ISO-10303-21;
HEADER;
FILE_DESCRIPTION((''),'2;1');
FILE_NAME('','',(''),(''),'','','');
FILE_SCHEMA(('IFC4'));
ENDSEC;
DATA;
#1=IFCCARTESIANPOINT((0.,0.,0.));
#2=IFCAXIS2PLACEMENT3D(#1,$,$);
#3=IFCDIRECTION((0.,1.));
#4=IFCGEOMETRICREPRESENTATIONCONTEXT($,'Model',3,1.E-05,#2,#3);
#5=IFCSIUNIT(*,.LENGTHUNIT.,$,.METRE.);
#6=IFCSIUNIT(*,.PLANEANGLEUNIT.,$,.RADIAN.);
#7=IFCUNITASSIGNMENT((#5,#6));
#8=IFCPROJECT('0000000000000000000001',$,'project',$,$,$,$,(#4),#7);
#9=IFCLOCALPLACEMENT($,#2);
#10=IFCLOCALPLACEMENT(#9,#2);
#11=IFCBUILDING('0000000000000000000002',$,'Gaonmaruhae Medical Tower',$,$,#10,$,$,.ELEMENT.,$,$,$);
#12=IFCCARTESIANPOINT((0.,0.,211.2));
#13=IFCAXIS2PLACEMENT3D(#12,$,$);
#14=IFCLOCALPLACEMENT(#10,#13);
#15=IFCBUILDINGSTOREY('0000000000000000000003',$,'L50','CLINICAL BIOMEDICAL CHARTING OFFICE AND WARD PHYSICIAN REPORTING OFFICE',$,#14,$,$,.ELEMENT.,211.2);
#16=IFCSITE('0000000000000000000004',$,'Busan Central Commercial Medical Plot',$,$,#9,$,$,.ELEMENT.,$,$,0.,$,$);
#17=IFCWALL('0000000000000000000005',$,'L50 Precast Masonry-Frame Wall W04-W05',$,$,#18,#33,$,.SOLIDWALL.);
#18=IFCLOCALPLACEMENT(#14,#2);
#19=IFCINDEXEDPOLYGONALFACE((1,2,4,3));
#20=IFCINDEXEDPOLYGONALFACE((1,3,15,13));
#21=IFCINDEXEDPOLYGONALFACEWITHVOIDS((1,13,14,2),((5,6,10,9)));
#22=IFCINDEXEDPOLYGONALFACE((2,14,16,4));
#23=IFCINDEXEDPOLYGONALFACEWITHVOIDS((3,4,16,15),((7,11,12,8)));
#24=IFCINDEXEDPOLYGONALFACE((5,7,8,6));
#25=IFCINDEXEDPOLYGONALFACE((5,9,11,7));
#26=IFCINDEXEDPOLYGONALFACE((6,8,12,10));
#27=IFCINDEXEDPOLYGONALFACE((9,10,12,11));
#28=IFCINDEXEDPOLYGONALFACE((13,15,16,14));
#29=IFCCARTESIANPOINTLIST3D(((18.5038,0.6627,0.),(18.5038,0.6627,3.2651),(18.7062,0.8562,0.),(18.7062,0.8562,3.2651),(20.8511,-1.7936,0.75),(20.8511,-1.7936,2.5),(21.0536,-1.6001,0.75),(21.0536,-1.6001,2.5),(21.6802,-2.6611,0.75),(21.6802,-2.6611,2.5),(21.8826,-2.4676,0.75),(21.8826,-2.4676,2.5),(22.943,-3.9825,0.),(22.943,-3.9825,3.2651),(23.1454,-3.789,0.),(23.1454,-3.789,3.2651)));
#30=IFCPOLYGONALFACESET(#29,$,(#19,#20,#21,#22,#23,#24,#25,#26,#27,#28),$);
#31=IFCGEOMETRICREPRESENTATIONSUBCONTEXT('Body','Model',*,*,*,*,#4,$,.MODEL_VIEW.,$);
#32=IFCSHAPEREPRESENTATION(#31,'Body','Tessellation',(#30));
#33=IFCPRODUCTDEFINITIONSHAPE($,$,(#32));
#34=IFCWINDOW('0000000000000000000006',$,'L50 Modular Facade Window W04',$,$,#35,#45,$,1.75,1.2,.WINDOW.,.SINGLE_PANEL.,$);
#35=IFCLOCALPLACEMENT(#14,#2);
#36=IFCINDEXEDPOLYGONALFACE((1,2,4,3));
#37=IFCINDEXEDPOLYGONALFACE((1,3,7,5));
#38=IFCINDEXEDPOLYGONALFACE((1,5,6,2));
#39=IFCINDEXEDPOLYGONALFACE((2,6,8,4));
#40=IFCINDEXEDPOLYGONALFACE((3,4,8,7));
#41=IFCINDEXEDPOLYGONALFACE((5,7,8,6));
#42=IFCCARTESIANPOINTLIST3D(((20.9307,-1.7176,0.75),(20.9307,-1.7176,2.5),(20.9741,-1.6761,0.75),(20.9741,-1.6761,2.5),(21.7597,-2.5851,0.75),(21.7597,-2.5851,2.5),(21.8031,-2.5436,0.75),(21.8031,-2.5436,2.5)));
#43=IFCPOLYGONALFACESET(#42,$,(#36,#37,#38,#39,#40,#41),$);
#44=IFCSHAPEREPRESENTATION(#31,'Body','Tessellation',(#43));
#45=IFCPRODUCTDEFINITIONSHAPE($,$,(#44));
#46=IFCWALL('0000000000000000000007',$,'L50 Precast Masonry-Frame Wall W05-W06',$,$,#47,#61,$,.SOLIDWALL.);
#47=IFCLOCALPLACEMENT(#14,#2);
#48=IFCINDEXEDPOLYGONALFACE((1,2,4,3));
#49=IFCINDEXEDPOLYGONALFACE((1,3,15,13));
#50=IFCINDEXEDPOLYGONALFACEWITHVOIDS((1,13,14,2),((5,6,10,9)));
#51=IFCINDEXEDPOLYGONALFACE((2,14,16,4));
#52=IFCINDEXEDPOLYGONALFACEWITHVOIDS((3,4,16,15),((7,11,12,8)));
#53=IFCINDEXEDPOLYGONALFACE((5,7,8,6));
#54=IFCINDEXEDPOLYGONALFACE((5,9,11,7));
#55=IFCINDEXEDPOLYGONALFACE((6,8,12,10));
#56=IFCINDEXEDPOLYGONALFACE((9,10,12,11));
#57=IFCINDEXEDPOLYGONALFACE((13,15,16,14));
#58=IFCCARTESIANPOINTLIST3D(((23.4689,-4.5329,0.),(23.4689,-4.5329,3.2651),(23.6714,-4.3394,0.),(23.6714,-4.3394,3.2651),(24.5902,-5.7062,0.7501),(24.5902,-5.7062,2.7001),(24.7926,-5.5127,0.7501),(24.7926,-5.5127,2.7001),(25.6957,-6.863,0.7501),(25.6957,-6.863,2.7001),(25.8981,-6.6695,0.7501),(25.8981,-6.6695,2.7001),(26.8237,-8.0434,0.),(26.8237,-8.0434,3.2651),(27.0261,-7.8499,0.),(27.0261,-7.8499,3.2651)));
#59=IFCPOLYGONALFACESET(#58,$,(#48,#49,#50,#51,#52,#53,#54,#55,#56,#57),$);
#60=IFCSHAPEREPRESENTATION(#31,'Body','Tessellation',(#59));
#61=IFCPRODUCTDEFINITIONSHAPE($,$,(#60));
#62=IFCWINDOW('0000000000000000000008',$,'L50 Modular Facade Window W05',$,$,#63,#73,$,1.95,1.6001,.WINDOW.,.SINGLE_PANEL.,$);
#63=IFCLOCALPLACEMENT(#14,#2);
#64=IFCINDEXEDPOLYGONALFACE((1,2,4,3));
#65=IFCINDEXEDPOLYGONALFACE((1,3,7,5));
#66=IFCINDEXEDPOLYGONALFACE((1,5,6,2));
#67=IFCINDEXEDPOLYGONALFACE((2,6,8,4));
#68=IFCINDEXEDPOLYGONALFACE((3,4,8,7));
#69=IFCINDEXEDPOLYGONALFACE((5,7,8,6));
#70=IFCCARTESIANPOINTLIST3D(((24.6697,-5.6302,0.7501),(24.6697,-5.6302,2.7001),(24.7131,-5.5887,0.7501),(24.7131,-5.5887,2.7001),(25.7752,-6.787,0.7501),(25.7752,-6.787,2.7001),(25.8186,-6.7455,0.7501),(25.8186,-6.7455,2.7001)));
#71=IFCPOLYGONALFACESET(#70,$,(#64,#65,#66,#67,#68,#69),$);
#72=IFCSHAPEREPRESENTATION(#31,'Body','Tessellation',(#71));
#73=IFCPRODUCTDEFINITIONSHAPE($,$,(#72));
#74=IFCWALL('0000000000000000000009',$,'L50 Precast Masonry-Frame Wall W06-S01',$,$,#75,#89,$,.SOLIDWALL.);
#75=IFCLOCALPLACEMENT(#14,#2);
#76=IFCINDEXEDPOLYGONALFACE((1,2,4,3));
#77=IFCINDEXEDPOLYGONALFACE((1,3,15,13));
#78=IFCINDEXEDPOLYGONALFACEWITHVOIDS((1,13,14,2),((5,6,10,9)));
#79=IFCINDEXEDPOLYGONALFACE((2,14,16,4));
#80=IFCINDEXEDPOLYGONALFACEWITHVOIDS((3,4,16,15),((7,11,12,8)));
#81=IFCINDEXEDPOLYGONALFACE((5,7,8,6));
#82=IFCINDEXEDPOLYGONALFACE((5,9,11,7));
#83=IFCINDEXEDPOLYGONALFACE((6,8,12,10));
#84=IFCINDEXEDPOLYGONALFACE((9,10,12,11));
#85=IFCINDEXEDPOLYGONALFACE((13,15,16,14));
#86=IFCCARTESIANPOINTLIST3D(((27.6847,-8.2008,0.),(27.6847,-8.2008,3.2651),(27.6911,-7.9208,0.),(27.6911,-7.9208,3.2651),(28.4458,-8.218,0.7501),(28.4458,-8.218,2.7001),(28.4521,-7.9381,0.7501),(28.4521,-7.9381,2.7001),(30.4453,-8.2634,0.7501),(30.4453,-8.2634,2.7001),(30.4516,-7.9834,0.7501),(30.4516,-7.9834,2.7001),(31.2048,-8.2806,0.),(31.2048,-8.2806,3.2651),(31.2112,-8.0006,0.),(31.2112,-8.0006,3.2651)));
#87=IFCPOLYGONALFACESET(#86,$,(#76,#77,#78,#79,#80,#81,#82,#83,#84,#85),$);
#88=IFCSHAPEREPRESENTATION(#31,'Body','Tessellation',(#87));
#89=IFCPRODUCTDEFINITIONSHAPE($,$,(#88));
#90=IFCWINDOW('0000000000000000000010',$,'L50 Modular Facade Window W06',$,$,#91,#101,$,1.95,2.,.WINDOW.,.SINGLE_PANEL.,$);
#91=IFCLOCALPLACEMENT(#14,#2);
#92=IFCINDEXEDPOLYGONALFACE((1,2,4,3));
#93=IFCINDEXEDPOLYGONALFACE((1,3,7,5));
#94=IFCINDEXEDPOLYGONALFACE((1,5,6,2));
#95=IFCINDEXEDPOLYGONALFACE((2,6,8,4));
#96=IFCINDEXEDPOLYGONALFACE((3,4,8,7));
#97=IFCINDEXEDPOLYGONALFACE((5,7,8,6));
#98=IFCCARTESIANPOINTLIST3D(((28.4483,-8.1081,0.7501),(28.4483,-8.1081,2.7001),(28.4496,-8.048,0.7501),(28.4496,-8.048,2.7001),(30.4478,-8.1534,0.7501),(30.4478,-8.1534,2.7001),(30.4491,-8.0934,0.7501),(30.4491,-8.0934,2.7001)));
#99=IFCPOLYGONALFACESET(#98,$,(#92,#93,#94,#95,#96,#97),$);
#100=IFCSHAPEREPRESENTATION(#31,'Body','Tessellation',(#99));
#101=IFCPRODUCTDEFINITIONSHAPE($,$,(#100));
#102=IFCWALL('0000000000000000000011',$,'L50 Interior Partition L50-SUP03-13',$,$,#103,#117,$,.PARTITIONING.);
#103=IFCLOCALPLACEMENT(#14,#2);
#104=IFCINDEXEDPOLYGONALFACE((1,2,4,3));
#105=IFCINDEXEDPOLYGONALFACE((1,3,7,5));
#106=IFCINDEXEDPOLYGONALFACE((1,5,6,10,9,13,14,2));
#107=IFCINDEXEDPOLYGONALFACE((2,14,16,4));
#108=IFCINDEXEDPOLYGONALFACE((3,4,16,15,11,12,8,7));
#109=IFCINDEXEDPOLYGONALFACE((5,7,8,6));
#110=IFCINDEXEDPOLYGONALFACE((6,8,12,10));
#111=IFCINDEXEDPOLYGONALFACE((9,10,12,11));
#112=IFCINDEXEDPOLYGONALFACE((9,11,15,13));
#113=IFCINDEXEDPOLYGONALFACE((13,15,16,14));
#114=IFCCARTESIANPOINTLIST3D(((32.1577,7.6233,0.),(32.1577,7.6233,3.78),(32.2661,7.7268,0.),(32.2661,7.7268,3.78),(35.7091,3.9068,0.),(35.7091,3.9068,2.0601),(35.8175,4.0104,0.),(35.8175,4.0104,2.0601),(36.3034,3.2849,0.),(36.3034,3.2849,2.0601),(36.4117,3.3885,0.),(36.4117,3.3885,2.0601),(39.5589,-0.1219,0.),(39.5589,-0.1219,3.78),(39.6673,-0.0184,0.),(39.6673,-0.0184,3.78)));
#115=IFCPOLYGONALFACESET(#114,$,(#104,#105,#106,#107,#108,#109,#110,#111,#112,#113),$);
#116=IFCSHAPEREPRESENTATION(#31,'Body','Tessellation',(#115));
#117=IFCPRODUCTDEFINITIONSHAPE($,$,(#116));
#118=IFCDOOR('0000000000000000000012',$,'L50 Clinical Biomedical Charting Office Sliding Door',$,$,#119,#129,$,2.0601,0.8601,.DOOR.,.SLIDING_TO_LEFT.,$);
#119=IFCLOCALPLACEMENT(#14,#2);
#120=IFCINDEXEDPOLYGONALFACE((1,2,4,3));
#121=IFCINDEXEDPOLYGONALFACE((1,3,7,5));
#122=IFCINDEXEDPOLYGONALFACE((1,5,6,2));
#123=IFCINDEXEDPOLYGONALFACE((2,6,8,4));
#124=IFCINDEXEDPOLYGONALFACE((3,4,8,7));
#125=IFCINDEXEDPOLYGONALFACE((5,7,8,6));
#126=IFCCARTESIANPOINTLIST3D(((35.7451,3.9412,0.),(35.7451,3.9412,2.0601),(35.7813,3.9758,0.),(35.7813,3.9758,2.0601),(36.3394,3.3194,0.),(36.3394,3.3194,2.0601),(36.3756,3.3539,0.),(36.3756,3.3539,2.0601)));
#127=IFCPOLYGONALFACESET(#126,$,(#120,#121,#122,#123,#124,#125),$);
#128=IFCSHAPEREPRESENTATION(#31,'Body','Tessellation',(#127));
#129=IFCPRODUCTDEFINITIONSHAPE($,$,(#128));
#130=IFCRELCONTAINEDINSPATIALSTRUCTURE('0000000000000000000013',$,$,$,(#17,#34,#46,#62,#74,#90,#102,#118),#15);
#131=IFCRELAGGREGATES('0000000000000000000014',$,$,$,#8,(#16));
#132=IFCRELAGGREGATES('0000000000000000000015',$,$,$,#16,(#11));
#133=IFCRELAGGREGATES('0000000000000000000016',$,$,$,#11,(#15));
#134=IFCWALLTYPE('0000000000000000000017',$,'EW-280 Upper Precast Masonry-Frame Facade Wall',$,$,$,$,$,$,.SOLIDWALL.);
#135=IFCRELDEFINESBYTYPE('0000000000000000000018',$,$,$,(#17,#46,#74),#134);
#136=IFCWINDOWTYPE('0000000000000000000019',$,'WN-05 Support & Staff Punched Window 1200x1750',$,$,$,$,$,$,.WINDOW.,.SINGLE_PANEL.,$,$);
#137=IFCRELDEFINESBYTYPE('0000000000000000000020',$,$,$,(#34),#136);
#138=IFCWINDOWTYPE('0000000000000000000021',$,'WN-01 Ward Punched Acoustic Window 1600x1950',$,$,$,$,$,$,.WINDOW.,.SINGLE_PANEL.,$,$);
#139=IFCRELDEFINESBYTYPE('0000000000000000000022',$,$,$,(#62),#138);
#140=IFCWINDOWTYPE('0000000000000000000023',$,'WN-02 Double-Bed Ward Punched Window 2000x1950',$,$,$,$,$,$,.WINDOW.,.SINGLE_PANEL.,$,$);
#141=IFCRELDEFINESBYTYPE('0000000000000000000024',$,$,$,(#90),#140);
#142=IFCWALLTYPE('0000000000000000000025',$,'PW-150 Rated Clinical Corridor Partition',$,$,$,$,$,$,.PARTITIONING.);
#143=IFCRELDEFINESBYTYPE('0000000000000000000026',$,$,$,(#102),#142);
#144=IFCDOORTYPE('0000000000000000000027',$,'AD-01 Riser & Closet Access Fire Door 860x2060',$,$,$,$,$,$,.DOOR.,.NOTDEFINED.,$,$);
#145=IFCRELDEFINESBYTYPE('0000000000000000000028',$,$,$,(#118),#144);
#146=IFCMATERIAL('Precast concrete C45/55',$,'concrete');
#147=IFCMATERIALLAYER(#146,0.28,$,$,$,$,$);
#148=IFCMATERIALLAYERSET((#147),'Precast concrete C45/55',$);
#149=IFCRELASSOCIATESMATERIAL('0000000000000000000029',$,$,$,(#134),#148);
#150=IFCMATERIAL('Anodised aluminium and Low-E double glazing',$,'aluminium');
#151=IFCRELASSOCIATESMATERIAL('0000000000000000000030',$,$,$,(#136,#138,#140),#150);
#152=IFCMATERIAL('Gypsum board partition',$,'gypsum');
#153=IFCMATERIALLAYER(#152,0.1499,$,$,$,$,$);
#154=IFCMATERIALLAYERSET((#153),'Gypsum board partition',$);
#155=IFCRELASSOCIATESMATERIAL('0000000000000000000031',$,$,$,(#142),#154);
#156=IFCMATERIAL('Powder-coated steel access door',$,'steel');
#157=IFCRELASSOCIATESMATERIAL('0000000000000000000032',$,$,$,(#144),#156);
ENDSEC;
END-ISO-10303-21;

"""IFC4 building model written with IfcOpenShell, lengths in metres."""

from ifc_helpers import new_model, si_unit, direction, frame, frame_2d, origin, place, context, subcontext, project, spatial, rectangle, extrude, material, layer, layer_set, type_object, element, fill, save


model = new_model("IFC4")

# Units and contexts
model_context = context("Model", 3, precision=1e-05, world=origin(), true_north=direction((0.0, 1.0)))
body_context = subcontext(model_context, "Body", "Model", "MODEL_VIEW")
ifc_project = project(units=[si_unit("LENGTHUNIT", "METRE"), si_unit("PLANEANGLEUNIT", "RADIAN")], contexts=[model_context])

# Site, building, storey
site_placement = place(None, origin())
site = spatial("IfcSite", under=ifc_project, at=site_placement, Name="Busan Central Commercial Medical Plot", CompositionType="ELEMENT", RefElevation=0.0)
building_placement = place(site_placement, origin())
building = spatial("IfcBuilding", under=site, at=building_placement, Name="Gaonmaruhae Medical Tower", CompositionType="ELEMENT")
storey_placement = place(building_placement, frame((0.0, 0.0, 211.2)))
storey = spatial("IfcBuildingStorey", under=building, at=storey_placement, Name="L50", Description="CLINICAL BIOMEDICAL CHARTING OFFICE AND WARD PHYSICIAN REPORTING OFFICE", CompositionType="ELEMENT", Elevation=211.2)

# Shared definitions
ifc_material_1 = material(Name="Anodised aluminium and Low-E double glazing", Category="aluminium")

# Walls, openings, windows
ifc_material_2 = material(Name="Precast concrete C45/55", Category="concrete")
ifc_layer_1 = layer(ifc_material_2, 0.28)
ifc_layer_set_1 = layer_set([ifc_layer_1], Name="Precast concrete C45/55")
wall_type_1 = type_object("IfcWallType", Name="EW-280 Upper Precast Masonry-Frame Facade Wall", PredefinedType="SOLIDWALL", material=ifc_layer_set_1)
wall_1_placement = place(storey_placement, frame((23.0442, -3.8857, 0.0), z_axis=(0.0, 0.0, 1.0), x_axis=(-0.69089, 0.722959, 0.0)))
wall_1 = element("IfcWall", 1, at=wall_1_placement, inside=storey, type_object=wall_type_1, Name="L50 Precast Masonry-Frame Wall W04-W05", PredefinedType="SOLIDWALL", context=body_context, shape_type="SweptSolid", body=[
    extrude(rectangle(XDim=6.4253, YDim=0.28, at=frame_2d((3.2126, 0.0))), origin(), (0.0, 0.0, 1.0), 3.2651),
])
opening_1_placement = place(wall_1_placement, frame((1.8276, 0.0, 0.75)))
opening_1 = element("IfcOpeningElement", 2, at=opening_1_placement, cuts=wall_1, PredefinedType="OPENING", context=body_context, shape_type="SweptSolid", body=[
    extrude(rectangle(XDim=1.2, YDim=1.75, at=frame_2d((0.6001, 0.875))), frame((0.0, 0.1499, 0.0), z_axis=(0.0, -1.0, 0.0), x_axis=(1.0, 0.0, 0.0)), (0.0, 0.0, 1.0), 0.3),
])
window_type_1 = type_object("IfcWindowType", Name="WN-05 Support & Staff Punched Window 1200x1750", PartitioningType="SINGLE_PANEL", PredefinedType="WINDOW", material=ifc_material_1)
window_1_placement = place(opening_1_placement, origin())
window_1 = element("IfcWindow", 3, at=window_1_placement, inside=storey, type_object=window_type_1, Name="L50 Modular Facade Window W04", OverallHeight=1.75, OverallWidth=1.2, PartitioningType="SINGLE_PANEL", PredefinedType="WINDOW", context=body_context, shape_type="SweptSolid", body=[
    extrude(rectangle(XDim=1.2, YDim=1.75, at=frame_2d((0.6001, 0.875))), frame((0.0, 0.03, 0.0), z_axis=(0.0, -1.0, 0.0), x_axis=(1.0, 0.0, 0.0)), (0.0, 0.0, 1.0), 0.0601),
])
fill(opening_1, window_1)
wall_2_placement = place(storey_placement, frame((26.9248, -7.9465, 0.0), z_axis=(0.0, 0.0, 1.0), x_axis=(-0.690886, 0.722964, 0.0)))
wall_2 = element("IfcWall", 4, at=wall_2_placement, inside=storey, type_object=wall_type_1, Name="L50 Precast Masonry-Frame Wall W05-W06", PredefinedType="SOLIDWALL", context=body_context, shape_type="SweptSolid", body=[
    extrude(rectangle(XDim=4.8557, YDim=0.28, at=frame_2d((2.4277, 0.0))), origin(), (0.0, 0.0, 1.0), 3.2651),
])
opening_2_placement = place(wall_2_placement, frame((1.6326, 0.0, 0.75)))
opening_2 = element("IfcOpeningElement", 5, at=opening_2_placement, cuts=wall_2, PredefinedType="OPENING", context=body_context, shape_type="SweptSolid", body=[
    extrude(rectangle(XDim=1.6001, YDim=1.95, at=frame_2d((0.8, 0.9751))), frame((0.0, 0.1499, 0.0), z_axis=(0.0, -1.0, 0.0), x_axis=(1.0, 0.0, 0.0)), (0.0, 0.0, 1.0), 0.3),
])
window_type_2 = type_object("IfcWindowType", Name="WN-01 Ward Punched Acoustic Window 1600x1950", PartitioningType="SINGLE_PANEL", PredefinedType="WINDOW", material=ifc_material_1)
window_2_placement = place(opening_2_placement, origin())
window_2 = element("IfcWindow", 6, at=window_2_placement, inside=storey, type_object=window_type_2, Name="L50 Modular Facade Window W05", OverallHeight=1.95, OverallWidth=1.6001, PartitioningType="SINGLE_PANEL", PredefinedType="WINDOW", context=body_context, shape_type="SweptSolid", body=[
    extrude(rectangle(XDim=1.6001, YDim=1.95, at=frame_2d((0.8, 0.9751))), frame((0.0, 0.03, 0.0), z_axis=(0.0, -1.0, 0.0), x_axis=(1.0, 0.0, 0.0)), (0.0, 0.0, 1.0), 0.0601),
])
fill(opening_2, window_2)
wall_3_placement = place(storey_placement, frame((31.208, -8.1406, 0.0), z_axis=(0.0, 0.0, 1.0), x_axis=(-0.999743, 0.022674, 0.0)))
wall_3 = element("IfcWall", 7, at=wall_3_placement, inside=storey, type_object=wall_type_1, Name="L50 Precast Masonry-Frame Wall W06-S01", PredefinedType="SOLIDWALL", context=body_context, shape_type="SweptSolid", body=[
    extrude(rectangle(XDim=3.521, YDim=0.28, at=frame_2d((1.7605, 0.0))), origin(), (0.0, 0.0, 1.0), 3.2651),
])
opening_3_placement = place(wall_3_placement, frame((0.7598, 0.0, 0.75)))
opening_3 = element("IfcOpeningElement", 8, at=opening_3_placement, cuts=wall_3, PredefinedType="OPENING", context=body_context, shape_type="SweptSolid", body=[
    extrude(rectangle(XDim=2.0, YDim=1.95, at=frame_2d((1.0, 0.9751))), frame((0.0, 0.1499, 0.0), z_axis=(0.0, -1.0, 0.0), x_axis=(1.0, 0.0, 0.0)), (0.0, 0.0, 1.0), 0.3),
])
window_type_3 = type_object("IfcWindowType", Name="WN-02 Double-Bed Ward Punched Window 2000x1950", PartitioningType="SINGLE_PANEL", PredefinedType="WINDOW", material=ifc_material_1)
window_3_placement = place(opening_3_placement, origin())
window_3 = element("IfcWindow", 9, at=window_3_placement, inside=storey, type_object=window_type_3, Name="L50 Modular Facade Window W06", OverallHeight=1.95, OverallWidth=2.0, PartitioningType="SINGLE_PANEL", PredefinedType="WINDOW", context=body_context, shape_type="SweptSolid", body=[
    extrude(rectangle(XDim=2.0, YDim=1.95, at=frame_2d((1.0, 0.9751))), frame((0.0, 0.03, 0.0), z_axis=(0.0, -1.0, 0.0), x_axis=(1.0, 0.0, 0.0)), (0.0, 0.0, 1.0), 0.0601),
])
fill(opening_3, window_3)

# Wall, opening, door
ifc_material_3 = material(Name="Gypsum board partition", Category="gypsum")
ifc_layer_2 = layer(ifc_material_3, 0.1499)
ifc_layer_set_2 = layer_set([ifc_layer_2], Name="Gypsum board partition")
wall_type_2 = type_object("IfcWallType", Name="PW-150 Rated Clinical Corridor Partition", PredefinedType="PARTITIONING", material=ifc_layer_set_2)
wall_4_placement = place(storey_placement, frame((32.2119, 7.675, 0.0), z_axis=(0.0, 0.0, 1.0), x_axis=(0.690869, -0.72298, 0.0)))
wall_4 = element("IfcWall", 10, at=wall_4_placement, inside=storey, type_object=wall_type_2, Name="L50 Interior Partition L50-SUP03-13", PredefinedType="PARTITIONING", context=body_context, shape_type="SweptSolid", body=[
    extrude(rectangle(XDim=10.7129, YDim=0.1499, at=frame_2d((5.3564, 0.0))), origin(), (0.0, 0.0, 1.0), 3.78),
])
opening_4_placement = place(wall_4_placement, frame((5.1404, 0.0, 0.0)))
opening_4 = element("IfcOpeningElement", 11, at=opening_4_placement, cuts=wall_4, PredefinedType="OPENING", context=body_context, shape_type="SweptSolid", body=[
    extrude(rectangle(XDim=0.8601, YDim=2.0601, at=frame_2d((0.4302, 1.03))), frame((0.0, 0.085, 0.0), z_axis=(0.0, -1.0, 0.0), x_axis=(1.0, 0.0, 0.0)), (0.0, 0.0, 1.0), 0.1699),
])
ifc_material_4 = material(Name="Powder-coated steel access door", Category="steel")
door_type = type_object("IfcDoorType", Name="AD-01 Riser & Closet Access Fire Door 860x2060", OperationType="NOTDEFINED", PredefinedType="DOOR", material=ifc_material_4)
door_placement = place(opening_4_placement, origin())
door = element("IfcDoor", 12, at=door_placement, inside=storey, type_object=door_type, Name="L50 Clinical Biomedical Charting Office Sliding Door", OperationType="SLIDING_TO_LEFT", OverallHeight=2.0601, OverallWidth=0.8601, PredefinedType="DOOR", context=body_context, shape_type="SweptSolid", body=[
    extrude(rectangle(XDim=0.8601, YDim=2.0601, at=frame_2d((0.4302, 1.03))), frame((0.0, 0.0249, 0.0), z_axis=(0.0, -1.0, 0.0), x_axis=(1.0, 0.0, 0.0)), (0.0, 0.0, 1.0), 0.05),
])
fill(opening_4, door)

save(model, "model.ifc")
